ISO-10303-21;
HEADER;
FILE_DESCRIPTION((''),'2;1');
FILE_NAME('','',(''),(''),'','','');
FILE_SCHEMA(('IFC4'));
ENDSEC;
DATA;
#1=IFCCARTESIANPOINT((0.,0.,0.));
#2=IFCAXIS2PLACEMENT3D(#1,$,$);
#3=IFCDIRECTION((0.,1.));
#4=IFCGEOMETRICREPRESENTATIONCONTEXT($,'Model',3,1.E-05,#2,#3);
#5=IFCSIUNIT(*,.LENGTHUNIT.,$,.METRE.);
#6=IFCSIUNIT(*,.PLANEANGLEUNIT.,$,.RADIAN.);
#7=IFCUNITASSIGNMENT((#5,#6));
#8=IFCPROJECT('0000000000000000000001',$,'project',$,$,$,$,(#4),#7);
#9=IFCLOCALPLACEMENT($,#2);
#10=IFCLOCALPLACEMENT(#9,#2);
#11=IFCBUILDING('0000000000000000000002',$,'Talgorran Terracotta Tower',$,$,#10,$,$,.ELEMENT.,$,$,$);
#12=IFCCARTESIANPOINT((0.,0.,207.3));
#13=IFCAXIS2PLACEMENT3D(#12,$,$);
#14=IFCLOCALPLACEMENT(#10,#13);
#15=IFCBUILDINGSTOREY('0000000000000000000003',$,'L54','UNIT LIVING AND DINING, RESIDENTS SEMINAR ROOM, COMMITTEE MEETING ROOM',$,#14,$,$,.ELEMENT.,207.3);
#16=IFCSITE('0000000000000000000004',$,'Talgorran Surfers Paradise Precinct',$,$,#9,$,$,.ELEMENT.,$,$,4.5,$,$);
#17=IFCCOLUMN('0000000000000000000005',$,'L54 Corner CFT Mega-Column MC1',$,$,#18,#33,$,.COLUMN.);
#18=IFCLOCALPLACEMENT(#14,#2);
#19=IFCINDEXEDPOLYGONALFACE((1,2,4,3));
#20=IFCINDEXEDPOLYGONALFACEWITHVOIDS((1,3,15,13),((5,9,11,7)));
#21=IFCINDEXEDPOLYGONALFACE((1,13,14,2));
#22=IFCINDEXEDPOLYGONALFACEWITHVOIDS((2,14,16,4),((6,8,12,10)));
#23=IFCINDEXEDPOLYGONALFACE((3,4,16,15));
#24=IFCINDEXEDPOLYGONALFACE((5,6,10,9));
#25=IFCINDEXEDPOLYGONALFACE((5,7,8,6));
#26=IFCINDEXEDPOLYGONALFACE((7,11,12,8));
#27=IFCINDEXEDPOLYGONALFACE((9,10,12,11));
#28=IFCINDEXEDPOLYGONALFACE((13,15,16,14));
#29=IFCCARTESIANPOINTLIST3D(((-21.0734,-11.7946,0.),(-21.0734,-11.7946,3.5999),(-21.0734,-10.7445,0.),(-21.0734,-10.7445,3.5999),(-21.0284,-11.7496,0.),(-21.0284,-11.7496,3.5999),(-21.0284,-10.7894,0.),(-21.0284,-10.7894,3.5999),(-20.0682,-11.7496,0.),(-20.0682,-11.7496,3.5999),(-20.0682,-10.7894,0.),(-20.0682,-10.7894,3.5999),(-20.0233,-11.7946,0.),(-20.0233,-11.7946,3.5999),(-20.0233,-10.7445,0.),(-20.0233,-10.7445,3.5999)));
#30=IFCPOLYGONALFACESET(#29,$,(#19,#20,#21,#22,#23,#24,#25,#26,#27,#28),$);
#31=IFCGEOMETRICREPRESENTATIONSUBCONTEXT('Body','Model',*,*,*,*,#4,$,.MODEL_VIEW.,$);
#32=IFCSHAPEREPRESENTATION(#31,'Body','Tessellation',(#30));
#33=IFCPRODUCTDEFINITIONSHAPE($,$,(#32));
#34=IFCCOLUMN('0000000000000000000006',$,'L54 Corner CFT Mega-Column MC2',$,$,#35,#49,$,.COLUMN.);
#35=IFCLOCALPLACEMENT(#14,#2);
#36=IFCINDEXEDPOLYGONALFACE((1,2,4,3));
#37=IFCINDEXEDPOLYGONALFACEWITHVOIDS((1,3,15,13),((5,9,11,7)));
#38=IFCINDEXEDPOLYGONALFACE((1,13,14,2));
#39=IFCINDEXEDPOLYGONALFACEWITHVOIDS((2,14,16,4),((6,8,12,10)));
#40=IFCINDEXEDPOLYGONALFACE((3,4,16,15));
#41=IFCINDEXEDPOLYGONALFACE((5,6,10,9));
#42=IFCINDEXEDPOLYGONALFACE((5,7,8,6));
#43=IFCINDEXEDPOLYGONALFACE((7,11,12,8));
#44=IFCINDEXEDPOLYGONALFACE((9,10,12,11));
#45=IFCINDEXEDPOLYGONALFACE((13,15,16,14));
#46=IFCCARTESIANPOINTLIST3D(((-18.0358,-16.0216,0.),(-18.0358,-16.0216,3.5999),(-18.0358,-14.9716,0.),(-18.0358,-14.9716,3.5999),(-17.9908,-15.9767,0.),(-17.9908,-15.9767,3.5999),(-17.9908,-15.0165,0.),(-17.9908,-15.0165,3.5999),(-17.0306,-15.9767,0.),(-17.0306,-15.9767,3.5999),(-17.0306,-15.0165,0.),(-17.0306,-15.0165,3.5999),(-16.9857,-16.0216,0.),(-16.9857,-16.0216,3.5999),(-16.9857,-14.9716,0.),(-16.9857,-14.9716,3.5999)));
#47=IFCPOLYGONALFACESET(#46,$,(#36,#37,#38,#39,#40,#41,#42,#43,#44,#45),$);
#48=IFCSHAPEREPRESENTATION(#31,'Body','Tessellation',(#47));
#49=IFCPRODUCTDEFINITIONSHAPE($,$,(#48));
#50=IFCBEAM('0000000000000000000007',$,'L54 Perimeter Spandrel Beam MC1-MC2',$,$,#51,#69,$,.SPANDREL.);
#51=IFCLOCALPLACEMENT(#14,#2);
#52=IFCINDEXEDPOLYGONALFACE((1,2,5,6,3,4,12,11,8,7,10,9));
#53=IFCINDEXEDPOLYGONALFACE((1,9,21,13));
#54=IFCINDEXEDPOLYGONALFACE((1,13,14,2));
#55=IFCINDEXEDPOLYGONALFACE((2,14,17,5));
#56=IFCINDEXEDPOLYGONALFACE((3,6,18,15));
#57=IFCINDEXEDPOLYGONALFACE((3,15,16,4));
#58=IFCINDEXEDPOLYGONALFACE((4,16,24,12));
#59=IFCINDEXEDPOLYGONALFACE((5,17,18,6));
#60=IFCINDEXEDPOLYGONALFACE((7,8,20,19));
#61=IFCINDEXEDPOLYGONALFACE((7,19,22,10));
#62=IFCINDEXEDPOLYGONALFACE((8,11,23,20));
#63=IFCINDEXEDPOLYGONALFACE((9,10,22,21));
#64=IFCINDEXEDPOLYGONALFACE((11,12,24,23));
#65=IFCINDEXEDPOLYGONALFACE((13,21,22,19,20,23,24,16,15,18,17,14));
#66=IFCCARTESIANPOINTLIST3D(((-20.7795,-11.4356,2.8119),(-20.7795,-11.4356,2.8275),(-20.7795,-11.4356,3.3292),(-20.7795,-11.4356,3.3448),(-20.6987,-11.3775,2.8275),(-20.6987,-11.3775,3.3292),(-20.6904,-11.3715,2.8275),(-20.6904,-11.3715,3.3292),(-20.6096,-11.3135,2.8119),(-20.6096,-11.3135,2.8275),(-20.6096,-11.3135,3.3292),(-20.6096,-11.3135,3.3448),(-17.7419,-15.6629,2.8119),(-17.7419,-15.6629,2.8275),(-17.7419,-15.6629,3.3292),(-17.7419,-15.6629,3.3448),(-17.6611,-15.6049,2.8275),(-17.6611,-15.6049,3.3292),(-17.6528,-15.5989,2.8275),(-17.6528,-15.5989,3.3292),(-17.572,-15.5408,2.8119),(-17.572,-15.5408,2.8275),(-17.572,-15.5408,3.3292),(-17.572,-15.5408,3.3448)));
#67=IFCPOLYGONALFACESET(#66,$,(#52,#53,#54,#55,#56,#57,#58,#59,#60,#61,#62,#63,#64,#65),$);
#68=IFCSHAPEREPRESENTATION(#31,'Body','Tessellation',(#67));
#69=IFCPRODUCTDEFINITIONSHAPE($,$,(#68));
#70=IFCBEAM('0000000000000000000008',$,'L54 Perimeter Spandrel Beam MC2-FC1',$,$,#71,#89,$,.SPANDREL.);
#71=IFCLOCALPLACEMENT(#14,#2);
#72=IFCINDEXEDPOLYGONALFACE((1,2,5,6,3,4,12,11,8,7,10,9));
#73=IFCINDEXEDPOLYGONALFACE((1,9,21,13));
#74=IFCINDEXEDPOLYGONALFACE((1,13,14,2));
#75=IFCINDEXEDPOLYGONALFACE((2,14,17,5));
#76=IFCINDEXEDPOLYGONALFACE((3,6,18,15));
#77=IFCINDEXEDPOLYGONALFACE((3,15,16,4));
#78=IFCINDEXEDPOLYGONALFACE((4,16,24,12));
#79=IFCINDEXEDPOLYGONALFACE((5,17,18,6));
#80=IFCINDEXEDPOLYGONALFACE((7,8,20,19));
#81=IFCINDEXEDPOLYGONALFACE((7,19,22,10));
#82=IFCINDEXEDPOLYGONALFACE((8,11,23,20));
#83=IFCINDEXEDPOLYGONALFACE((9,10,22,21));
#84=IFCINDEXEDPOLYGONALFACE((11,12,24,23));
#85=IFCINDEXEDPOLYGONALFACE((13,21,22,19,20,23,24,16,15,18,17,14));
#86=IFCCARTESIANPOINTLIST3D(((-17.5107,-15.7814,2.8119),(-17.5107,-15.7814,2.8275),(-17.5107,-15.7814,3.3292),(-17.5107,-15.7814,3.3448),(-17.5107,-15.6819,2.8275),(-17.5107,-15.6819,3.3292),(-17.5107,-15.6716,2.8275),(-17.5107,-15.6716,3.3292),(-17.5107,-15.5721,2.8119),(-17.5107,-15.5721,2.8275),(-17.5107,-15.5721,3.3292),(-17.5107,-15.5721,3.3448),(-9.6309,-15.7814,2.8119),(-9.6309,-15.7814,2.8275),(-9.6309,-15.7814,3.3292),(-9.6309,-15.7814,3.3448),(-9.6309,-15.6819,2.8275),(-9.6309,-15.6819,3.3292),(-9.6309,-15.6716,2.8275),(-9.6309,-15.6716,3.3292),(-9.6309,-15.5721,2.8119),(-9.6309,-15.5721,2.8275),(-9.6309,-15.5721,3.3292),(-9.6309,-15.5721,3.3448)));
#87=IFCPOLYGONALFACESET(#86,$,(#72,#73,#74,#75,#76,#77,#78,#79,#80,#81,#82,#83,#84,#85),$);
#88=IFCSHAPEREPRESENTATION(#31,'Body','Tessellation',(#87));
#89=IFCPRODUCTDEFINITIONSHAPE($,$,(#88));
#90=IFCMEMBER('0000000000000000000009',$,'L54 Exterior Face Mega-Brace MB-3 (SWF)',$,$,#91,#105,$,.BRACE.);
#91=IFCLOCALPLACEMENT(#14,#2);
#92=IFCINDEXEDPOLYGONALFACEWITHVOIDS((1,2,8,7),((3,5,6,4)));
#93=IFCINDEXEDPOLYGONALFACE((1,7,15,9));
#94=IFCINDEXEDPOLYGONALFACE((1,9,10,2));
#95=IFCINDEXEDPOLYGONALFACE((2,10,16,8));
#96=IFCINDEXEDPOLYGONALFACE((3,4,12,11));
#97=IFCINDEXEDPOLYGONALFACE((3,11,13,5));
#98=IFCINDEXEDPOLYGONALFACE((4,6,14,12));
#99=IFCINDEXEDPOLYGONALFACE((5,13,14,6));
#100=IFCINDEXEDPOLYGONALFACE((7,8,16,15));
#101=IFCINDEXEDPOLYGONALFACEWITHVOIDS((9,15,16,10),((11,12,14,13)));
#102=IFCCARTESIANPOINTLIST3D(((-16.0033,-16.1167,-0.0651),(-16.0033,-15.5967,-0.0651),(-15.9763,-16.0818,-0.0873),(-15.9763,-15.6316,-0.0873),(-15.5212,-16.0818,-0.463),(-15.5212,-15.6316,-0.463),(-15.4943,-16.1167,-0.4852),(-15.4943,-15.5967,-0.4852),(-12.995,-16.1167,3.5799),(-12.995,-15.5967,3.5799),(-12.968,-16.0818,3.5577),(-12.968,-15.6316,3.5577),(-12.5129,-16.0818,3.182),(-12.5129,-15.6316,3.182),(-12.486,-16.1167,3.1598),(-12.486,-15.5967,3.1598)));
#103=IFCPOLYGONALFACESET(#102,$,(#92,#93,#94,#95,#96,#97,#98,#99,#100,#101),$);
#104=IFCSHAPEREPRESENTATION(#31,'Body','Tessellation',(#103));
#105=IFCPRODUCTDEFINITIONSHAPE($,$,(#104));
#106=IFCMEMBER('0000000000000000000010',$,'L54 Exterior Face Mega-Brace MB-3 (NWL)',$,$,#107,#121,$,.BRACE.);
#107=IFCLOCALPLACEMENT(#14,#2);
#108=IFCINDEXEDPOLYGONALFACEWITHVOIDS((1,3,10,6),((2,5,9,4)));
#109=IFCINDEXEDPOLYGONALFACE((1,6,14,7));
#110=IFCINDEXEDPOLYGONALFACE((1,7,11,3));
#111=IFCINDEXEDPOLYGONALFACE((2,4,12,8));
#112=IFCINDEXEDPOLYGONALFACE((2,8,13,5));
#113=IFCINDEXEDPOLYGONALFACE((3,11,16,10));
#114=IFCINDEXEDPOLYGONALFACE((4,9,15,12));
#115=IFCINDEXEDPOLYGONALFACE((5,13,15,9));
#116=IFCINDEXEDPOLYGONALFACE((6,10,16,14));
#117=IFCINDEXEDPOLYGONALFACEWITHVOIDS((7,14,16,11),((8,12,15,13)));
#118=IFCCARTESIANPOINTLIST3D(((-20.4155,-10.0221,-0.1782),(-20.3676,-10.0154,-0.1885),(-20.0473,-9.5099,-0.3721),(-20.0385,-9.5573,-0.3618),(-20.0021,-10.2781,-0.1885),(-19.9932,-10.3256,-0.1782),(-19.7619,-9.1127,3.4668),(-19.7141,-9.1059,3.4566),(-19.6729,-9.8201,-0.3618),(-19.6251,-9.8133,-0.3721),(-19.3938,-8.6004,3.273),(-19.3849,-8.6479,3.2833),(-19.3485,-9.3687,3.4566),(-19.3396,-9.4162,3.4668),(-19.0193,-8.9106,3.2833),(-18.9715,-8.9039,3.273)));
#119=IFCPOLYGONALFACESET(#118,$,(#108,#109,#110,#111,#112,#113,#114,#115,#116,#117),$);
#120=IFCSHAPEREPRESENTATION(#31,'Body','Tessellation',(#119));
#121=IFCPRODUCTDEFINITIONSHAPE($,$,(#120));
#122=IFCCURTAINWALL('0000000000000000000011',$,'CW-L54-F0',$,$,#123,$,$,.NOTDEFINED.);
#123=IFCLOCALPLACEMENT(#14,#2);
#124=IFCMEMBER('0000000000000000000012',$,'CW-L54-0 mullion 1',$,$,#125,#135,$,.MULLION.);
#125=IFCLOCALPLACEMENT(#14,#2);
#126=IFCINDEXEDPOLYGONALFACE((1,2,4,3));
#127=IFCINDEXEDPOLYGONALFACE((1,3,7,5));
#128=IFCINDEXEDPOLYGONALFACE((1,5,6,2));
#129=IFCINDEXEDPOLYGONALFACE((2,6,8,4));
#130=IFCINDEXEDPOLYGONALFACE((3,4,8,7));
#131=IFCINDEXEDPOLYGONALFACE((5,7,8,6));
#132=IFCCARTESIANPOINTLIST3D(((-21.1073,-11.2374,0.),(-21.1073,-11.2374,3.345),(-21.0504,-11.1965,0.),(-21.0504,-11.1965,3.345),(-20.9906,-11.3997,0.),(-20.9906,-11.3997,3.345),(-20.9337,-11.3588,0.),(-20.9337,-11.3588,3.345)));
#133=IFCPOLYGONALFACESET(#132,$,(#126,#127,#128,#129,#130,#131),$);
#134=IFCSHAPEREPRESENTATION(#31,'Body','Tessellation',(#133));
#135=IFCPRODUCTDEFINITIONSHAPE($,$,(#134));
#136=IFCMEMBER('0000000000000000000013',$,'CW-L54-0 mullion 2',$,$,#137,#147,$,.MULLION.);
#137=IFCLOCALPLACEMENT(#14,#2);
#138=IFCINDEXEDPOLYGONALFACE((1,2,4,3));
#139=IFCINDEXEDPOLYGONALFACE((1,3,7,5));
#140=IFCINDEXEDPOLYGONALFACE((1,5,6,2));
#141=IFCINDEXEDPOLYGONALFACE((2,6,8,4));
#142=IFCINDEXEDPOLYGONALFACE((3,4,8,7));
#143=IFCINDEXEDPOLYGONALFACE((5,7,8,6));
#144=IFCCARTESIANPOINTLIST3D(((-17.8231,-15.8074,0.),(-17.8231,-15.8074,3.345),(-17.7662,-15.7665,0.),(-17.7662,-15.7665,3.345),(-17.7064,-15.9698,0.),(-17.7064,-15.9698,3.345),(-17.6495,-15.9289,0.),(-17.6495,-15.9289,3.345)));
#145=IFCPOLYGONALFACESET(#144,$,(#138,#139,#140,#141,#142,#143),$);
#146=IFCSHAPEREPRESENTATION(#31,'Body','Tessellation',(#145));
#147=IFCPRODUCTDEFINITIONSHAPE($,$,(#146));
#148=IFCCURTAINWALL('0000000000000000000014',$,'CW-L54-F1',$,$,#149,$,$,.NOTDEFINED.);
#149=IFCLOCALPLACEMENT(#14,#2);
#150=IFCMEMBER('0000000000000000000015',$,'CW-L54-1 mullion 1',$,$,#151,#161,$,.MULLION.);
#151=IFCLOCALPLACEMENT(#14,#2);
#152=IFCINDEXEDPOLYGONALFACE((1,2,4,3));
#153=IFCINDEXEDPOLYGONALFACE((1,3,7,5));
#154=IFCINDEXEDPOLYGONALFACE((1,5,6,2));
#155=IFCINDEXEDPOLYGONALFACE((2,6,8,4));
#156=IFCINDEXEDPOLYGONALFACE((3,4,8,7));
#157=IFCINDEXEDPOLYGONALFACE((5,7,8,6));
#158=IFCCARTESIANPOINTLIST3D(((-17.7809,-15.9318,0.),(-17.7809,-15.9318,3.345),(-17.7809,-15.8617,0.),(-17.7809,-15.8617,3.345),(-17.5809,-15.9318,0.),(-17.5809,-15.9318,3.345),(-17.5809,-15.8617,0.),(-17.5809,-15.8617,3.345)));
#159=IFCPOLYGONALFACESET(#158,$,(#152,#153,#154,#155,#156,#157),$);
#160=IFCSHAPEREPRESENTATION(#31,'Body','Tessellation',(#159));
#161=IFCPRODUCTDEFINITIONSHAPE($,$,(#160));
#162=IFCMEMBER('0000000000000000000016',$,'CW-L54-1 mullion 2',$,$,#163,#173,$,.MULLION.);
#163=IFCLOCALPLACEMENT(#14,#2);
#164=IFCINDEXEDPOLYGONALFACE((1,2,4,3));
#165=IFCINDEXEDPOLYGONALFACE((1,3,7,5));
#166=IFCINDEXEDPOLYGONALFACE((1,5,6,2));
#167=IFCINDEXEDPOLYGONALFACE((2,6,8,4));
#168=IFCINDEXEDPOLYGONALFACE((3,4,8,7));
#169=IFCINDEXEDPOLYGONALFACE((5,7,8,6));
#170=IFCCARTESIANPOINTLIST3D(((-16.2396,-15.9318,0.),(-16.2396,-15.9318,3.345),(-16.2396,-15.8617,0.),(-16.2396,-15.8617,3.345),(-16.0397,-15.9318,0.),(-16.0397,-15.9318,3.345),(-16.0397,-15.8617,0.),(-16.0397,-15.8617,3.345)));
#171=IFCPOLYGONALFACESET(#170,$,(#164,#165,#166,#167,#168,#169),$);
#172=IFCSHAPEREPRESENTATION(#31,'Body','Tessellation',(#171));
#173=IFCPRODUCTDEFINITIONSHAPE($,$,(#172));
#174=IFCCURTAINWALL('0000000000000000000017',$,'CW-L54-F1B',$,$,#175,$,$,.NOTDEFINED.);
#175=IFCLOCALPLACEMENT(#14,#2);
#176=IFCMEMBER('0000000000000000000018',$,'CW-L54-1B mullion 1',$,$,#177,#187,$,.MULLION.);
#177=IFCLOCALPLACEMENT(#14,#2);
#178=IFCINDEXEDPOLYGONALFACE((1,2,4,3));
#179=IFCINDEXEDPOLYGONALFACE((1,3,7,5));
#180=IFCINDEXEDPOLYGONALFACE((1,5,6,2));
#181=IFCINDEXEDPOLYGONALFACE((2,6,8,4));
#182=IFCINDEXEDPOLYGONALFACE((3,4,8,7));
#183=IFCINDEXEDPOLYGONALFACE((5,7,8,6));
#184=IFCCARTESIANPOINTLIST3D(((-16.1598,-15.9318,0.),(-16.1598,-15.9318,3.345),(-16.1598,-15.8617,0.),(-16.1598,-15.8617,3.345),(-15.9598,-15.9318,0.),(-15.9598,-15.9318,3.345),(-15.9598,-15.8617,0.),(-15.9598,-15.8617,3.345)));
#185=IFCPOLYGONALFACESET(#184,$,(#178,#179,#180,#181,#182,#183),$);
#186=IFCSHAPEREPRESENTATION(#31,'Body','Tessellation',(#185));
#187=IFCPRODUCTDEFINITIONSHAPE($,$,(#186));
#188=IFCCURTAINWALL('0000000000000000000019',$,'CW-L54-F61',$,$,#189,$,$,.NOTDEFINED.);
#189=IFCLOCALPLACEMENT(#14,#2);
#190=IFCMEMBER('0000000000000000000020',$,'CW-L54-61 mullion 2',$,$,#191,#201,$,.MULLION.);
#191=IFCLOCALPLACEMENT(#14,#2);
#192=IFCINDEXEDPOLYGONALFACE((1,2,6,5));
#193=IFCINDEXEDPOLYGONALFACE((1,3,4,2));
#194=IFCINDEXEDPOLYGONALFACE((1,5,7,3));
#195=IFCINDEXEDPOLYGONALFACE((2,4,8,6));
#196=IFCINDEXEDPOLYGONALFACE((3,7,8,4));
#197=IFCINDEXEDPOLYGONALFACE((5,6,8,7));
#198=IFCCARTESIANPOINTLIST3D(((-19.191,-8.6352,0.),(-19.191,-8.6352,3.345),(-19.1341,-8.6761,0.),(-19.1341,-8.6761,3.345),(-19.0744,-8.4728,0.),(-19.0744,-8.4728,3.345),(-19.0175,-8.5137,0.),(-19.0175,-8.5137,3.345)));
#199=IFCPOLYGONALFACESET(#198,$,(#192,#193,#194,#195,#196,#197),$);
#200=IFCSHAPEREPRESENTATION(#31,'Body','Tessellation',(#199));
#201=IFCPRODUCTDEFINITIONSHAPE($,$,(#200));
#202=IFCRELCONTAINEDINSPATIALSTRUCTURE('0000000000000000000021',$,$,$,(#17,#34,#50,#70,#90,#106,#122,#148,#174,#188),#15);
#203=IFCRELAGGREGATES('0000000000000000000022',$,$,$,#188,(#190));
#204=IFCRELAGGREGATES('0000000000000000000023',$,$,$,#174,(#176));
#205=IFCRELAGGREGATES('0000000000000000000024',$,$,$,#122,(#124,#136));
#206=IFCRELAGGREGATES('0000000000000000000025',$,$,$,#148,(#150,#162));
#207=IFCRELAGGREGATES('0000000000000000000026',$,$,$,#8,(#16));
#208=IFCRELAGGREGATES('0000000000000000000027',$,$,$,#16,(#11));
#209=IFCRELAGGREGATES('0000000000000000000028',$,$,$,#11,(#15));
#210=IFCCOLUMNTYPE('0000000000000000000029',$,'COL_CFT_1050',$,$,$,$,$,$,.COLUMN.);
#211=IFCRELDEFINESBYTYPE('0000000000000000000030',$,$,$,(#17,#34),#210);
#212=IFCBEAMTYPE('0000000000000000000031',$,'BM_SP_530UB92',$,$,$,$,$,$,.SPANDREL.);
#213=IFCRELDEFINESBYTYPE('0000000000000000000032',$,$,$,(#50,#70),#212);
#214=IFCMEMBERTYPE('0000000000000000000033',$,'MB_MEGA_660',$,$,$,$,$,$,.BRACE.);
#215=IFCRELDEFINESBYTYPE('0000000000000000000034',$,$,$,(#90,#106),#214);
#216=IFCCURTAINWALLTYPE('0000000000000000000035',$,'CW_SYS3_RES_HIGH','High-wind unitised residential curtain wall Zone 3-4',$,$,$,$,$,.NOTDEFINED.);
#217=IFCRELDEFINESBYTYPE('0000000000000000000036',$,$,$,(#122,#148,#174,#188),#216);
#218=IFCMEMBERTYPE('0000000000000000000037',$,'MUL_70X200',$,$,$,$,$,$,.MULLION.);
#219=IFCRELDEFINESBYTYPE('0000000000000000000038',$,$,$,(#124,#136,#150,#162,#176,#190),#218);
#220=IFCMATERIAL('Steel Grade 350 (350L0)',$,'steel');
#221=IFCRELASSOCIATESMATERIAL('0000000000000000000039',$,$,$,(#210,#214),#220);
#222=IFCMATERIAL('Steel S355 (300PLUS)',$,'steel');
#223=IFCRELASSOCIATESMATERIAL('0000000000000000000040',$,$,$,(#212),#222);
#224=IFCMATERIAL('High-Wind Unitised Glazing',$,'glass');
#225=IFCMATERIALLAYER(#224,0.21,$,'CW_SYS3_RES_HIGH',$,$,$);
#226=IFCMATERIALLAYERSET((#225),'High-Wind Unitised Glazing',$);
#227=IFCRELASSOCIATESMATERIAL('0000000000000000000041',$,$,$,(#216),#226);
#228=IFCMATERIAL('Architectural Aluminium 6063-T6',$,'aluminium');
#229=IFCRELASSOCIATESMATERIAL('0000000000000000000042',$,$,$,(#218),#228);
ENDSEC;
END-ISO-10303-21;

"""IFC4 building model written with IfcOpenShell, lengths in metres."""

from ifc_helpers import new_model, si_unit, direction, frame, origin, origin_2d, place, context, subcontext, project, spatial, rectangle, hollow_rectangle, i_section, extrude, material, layer, layer_set, material_profile, profile_set, type_object, element, aggregate, save


model = new_model("IFC4")

# Units and contexts
model_context = context("Model", 3, precision=1e-05, world=origin(), true_north=direction((0.0, 1.0)))
body_context = subcontext(model_context, "Body", "Model", "MODEL_VIEW")
ifc_project = project(units=[si_unit("LENGTHUNIT", "METRE"), si_unit("PLANEANGLEUNIT", "RADIAN")], contexts=[model_context])

# Site, building, storey
site_placement = place(None, origin())
site = spatial("IfcSite", under=ifc_project, at=site_placement, Name="Talgorran Surfers Paradise Precinct", CompositionType="ELEMENT", RefElevation=4.5)
building_placement = place(site_placement, origin())
building = spatial("IfcBuilding", under=site, at=building_placement, Name="Talgorran Terracotta Tower", CompositionType="ELEMENT")
storey_placement = place(building_placement, frame((0.0, 0.0, 207.3)))
storey = spatial("IfcBuildingStorey", under=building, at=storey_placement, Name="L54", Description="UNIT LIVING AND DINING, RESIDENTS SEMINAR ROOM, COMMITTEE MEETING ROOM", CompositionType="ELEMENT", Elevation=207.3)

# Columns
ifc_material_1 = material(Name="Steel Grade 350 (350L0)", Category="steel")
ifc_material_profile_1 = material_profile(ifc_material_1, hollow_rectangle(XDim=1.05, YDim=1.05, WallThickness=0.0449, at=origin_2d()), Name="CFT1050X1050X45")
ifc_profile_set_1 = profile_set([ifc_material_profile_1], Name="Steel Grade 350 (350L0)")
column_type = type_object("IfcColumnType", Name="COL_CFT_1050", PredefinedType="COLUMN", material=ifc_profile_set_1)
for number, where, z_axis, x_axis, name in (
    (1, (-20.5483, -11.2695, 0.0), (0.0, 0.0, 1.0), (1.0, 0.0, 0.0), "L54 Corner CFT Mega-Column MC1"),
    (2, (-17.5107, -15.4966, 0.0), (0.0, 0.0, 1.0), (1.0, 0.0, 0.0), "L54 Corner CFT Mega-Column MC2"),
):
    element("IfcColumn", number, at=place(storey_placement, frame(where, z_axis=z_axis, x_axis=x_axis)), inside=storey, type_object=column_type, Name=name, PredefinedType="COLUMN", context=body_context, shape_type="SweptSolid", body=[
        extrude(hollow_rectangle(XDim=1.05, YDim=1.05, WallThickness=0.0449, at=origin_2d()), origin(), (0.0, 0.0, 1.0), 3.5999),
    ])

# Beams
ifc_material_2 = material(Name="Steel S355 (300PLUS)", Category="steel")
ifc_material_profile_2 = material_profile(ifc_material_2, i_section(OverallWidth=0.2092, OverallDepth=0.533, WebThickness=0.0103, FlangeThickness=0.0156, at=origin_2d()), Name="530UB92.4")
ifc_profile_set_2 = profile_set([ifc_material_profile_2], Name="Steel S355 (300PLUS)")
beam_type = type_object("IfcBeamType", Name="BM_SP_530UB92", PredefinedType="SPANDREL", material=ifc_profile_set_2)
beam_1_placement = place(storey_placement, frame((-20.6946, -11.3745, 3.0784), z_axis=(0.583538, -0.812086, 0.0), x_axis=(0.812086, 0.583538, 0.0)))
element("IfcBeam", 3, at=beam_1_placement, inside=storey, type_object=beam_type, Name="L54 Perimeter Spandrel Beam MC1-MC2", PredefinedType="SPANDREL", context=body_context, shape_type="SweptSolid", body=[
    extrude(i_section(OverallWidth=0.2092, OverallDepth=0.533, WebThickness=0.0103, FlangeThickness=0.0156, at=origin_2d()), origin(), (0.0, 0.0, 1.0), 5.2056),
])
beam_2_placement = place(storey_placement, frame((-17.5107, -15.6768, 3.0784), z_axis=(1.0, 0.0, 0.0), x_axis=(0.0, 1.0, 0.0)))
element("IfcBeam", 4, at=beam_2_placement, inside=storey, type_object=beam_type, Name="L54 Perimeter Spandrel Beam MC2-FC1", PredefinedType="SPANDREL", context=body_context, shape_type="SweptSolid", body=[
    extrude(i_section(OverallWidth=0.2092, OverallDepth=0.533, WebThickness=0.0103, FlangeThickness=0.0156, at=origin_2d()), origin(), (0.0, 0.0, 1.0), 7.8799),
])

# Members
ifc_material_profile_3 = material_profile(ifc_material_1, hollow_rectangle(XDim=0.52, YDim=0.6599, WallThickness=0.0349, at=origin_2d()), Name="WBOX660X520X35")
ifc_profile_set_3 = profile_set([ifc_material_profile_3], Name="Steel Grade 350 (350L0)")
member_type_1 = type_object("IfcMemberType", Name="MB_MEGA_660", PredefinedType="BRACE", material=ifc_profile_set_3)
member_1_placement = place(storey_placement, frame((-15.7488, -15.8567, -0.2751), z_axis=(0.636529, 0.0, 0.771253), x_axis=(0.0, 1.0, 0.0)))
element("IfcMember", 5, at=member_1_placement, inside=storey, type_object=member_type_1, Name="L54 Exterior Face Mega-Brace MB-3 (SWF)", PredefinedType="BRACE", context=body_context, shape_type="SweptSolid", body=[
    extrude(hollow_rectangle(XDim=0.52, YDim=0.6599, WallThickness=0.0349, at=origin_2d()), origin(), (0.0, 0.0, 1.0), 4.7261),
])
member_2_placement = place(storey_placement, frame((-20.0203, -9.9177, -0.2751), z_axis=(0.171396, 0.238495, 0.955899), x_axis=(-0.812051, 0.583587, 0.0)))
element("IfcMember", 6, at=member_2_placement, inside=storey, type_object=member_type_1, Name="L54 Exterior Face Mega-Brace MB-3 (NWL)", PredefinedType="BRACE", context=body_context, shape_type="SweptSolid", body=[
    extrude(hollow_rectangle(XDim=0.52, YDim=0.6599, WallThickness=0.0349, at=origin_2d()), origin(), (0.0, 0.0, 1.0), 3.8132),
])

# Curtain walls, members
ifc_material_3 = material(Name="High-Wind Unitised Glazing", Category="glass")
ifc_layer_1 = layer(ifc_material_3, 0.21, Name="CW_SYS3_RES_HIGH")
ifc_layer_set_1 = layer_set([ifc_layer_1], Name="High-Wind Unitised Glazing")
curtain_wall_type = type_object("IfcCurtainWallType", Name="CW_SYS3_RES_HIGH", Description="High-wind unitised residential curtain wall Zone 3-4", PredefinedType="NOTDEFINED", material=ifc_layer_set_1)
curtain_wall_1_placement = place(storey_placement, origin())
curtain_wall_1 = element("IfcCurtainWall", 7, at=curtain_wall_1_placement, inside=storey, type_object=curtain_wall_type, Name="CW-L54-F0", PredefinedType="NOTDEFINED")
ifc_material_4 = material(Name="Architectural Aluminium 6063-T6", Category="aluminium")
ifc_material_profile_4 = material_profile(ifc_material_4, rectangle(XDim=0.0701, YDim=0.2, at=origin_2d()), Name="CWM70X200")
ifc_profile_set_4 = profile_set([ifc_material_profile_4], Name="Architectural Aluminium 6063-T6")
member_type_2 = type_object("IfcMemberType", Name="MUL_70X200", PredefinedType="MULLION", material=ifc_profile_set_4)
member_3_placement = place(storey_placement, frame((-21.0205, -11.2981, 0.0), z_axis=(0.0, 0.0, 1.0), x_axis=(0.812076, 0.583552, 0.0)))
member_3 = element("IfcMember", 8, at=member_3_placement, type_object=member_type_2, Name="CW-L54-0 mullion 1", PredefinedType="MULLION", context=body_context, shape_type="SweptSolid", body=[
    extrude(rectangle(XDim=0.0701, YDim=0.2, at=origin_2d()), origin(), (0.0, 0.0, 1.0), 3.345),
])
member_4_placement = place(storey_placement, frame((-17.7363, -15.8682, 0.0), z_axis=(0.0, 0.0, 1.0), x_axis=(0.812076, 0.583552, 0.0)))
member_4 = element("IfcMember", 9, at=member_4_placement, type_object=member_type_2, Name="CW-L54-0 mullion 2", PredefinedType="MULLION", context=body_context, shape_type="SweptSolid", body=[
    extrude(rectangle(XDim=0.0701, YDim=0.2, at=origin_2d()), origin(), (0.0, 0.0, 1.0), 3.345),
])
curtain_wall_2_placement = place(storey_placement, origin())
curtain_wall_2 = element("IfcCurtainWall", 10, at=curtain_wall_2_placement, inside=storey, type_object=curtain_wall_type, Name="CW-L54-F1", PredefinedType="NOTDEFINED")
member_5_placement = place(storey_placement, frame((-17.6809, -15.8967, 0.0), z_axis=(0.0, 0.0, 1.0), x_axis=(0.0, 1.0, 0.0)))
member_5 = element("IfcMember", 11, at=member_5_placement, type_object=member_type_2, Name="CW-L54-1 mullion 1", PredefinedType="MULLION", context=body_context, shape_type="SweptSolid", body=[
    extrude(rectangle(XDim=0.0701, YDim=0.2, at=origin_2d()), origin(), (0.0, 0.0, 1.0), 3.345),
])
member_6_placement = place(storey_placement, frame((-16.1396, -15.8967, 0.0), z_axis=(0.0, 0.0, 1.0), x_axis=(0.0, 1.0, 0.0)))
member_6 = element("IfcMember", 12, at=member_6_placement, type_object=member_type_2, Name="CW-L54-1 mullion 2", PredefinedType="MULLION", context=body_context, shape_type="SweptSolid", body=[
    extrude(rectangle(XDim=0.0701, YDim=0.2, at=origin_2d()), origin(), (0.0, 0.0, 1.0), 3.345),
])

# Curtain walls, members
curtain_wall_3_placement = place(storey_placement, origin())
curtain_wall_3 = element("IfcCurtainWall", 13, at=curtain_wall_3_placement, inside=storey, type_object=curtain_wall_type, Name="CW-L54-F1B", PredefinedType="NOTDEFINED")
member_7_placement = place(storey_placement, frame((-16.0598, -15.8967, 0.0), z_axis=(0.0, 0.0, 1.0), x_axis=(0.0, 1.0, 0.0)))
member_7 = element("IfcMember", 14, at=member_7_placement, type_object=member_type_2, Name="CW-L54-1B mullion 1", PredefinedType="MULLION", context=body_context, shape_type="SweptSolid", body=[
    extrude(rectangle(XDim=0.0701, YDim=0.2, at=origin_2d()), origin(), (0.0, 0.0, 1.0), 3.345),
])
curtain_wall_4_placement = place(storey_placement, origin())
curtain_wall_4 = element("IfcCurtainWall", 15, at=curtain_wall_4_placement, inside=storey, type_object=curtain_wall_type, Name="CW-L54-F61", PredefinedType="NOTDEFINED")
member_8_placement = place(storey_placement, frame((-19.1042, -8.5745, 0.0), z_axis=(0.0, 0.0, 1.0), x_axis=(0.812075, -0.583554, 0.0)))
member_8 = element("IfcMember", 16, at=member_8_placement, type_object=member_type_2, Name="CW-L54-61 mullion 2", PredefinedType="MULLION", context=body_context, shape_type="SweptSolid", body=[
    extrude(rectangle(XDim=0.0701, YDim=0.2, at=origin_2d()), origin(), (0.0, 0.0, 1.0), 3.345),
])
aggregate(curtain_wall_4, [member_8])

aggregate(curtain_wall_3, [member_7])

aggregate(curtain_wall_1, [member_3, member_4])
aggregate(curtain_wall_2, [member_5, member_6])

save(model, "model.ifc")
